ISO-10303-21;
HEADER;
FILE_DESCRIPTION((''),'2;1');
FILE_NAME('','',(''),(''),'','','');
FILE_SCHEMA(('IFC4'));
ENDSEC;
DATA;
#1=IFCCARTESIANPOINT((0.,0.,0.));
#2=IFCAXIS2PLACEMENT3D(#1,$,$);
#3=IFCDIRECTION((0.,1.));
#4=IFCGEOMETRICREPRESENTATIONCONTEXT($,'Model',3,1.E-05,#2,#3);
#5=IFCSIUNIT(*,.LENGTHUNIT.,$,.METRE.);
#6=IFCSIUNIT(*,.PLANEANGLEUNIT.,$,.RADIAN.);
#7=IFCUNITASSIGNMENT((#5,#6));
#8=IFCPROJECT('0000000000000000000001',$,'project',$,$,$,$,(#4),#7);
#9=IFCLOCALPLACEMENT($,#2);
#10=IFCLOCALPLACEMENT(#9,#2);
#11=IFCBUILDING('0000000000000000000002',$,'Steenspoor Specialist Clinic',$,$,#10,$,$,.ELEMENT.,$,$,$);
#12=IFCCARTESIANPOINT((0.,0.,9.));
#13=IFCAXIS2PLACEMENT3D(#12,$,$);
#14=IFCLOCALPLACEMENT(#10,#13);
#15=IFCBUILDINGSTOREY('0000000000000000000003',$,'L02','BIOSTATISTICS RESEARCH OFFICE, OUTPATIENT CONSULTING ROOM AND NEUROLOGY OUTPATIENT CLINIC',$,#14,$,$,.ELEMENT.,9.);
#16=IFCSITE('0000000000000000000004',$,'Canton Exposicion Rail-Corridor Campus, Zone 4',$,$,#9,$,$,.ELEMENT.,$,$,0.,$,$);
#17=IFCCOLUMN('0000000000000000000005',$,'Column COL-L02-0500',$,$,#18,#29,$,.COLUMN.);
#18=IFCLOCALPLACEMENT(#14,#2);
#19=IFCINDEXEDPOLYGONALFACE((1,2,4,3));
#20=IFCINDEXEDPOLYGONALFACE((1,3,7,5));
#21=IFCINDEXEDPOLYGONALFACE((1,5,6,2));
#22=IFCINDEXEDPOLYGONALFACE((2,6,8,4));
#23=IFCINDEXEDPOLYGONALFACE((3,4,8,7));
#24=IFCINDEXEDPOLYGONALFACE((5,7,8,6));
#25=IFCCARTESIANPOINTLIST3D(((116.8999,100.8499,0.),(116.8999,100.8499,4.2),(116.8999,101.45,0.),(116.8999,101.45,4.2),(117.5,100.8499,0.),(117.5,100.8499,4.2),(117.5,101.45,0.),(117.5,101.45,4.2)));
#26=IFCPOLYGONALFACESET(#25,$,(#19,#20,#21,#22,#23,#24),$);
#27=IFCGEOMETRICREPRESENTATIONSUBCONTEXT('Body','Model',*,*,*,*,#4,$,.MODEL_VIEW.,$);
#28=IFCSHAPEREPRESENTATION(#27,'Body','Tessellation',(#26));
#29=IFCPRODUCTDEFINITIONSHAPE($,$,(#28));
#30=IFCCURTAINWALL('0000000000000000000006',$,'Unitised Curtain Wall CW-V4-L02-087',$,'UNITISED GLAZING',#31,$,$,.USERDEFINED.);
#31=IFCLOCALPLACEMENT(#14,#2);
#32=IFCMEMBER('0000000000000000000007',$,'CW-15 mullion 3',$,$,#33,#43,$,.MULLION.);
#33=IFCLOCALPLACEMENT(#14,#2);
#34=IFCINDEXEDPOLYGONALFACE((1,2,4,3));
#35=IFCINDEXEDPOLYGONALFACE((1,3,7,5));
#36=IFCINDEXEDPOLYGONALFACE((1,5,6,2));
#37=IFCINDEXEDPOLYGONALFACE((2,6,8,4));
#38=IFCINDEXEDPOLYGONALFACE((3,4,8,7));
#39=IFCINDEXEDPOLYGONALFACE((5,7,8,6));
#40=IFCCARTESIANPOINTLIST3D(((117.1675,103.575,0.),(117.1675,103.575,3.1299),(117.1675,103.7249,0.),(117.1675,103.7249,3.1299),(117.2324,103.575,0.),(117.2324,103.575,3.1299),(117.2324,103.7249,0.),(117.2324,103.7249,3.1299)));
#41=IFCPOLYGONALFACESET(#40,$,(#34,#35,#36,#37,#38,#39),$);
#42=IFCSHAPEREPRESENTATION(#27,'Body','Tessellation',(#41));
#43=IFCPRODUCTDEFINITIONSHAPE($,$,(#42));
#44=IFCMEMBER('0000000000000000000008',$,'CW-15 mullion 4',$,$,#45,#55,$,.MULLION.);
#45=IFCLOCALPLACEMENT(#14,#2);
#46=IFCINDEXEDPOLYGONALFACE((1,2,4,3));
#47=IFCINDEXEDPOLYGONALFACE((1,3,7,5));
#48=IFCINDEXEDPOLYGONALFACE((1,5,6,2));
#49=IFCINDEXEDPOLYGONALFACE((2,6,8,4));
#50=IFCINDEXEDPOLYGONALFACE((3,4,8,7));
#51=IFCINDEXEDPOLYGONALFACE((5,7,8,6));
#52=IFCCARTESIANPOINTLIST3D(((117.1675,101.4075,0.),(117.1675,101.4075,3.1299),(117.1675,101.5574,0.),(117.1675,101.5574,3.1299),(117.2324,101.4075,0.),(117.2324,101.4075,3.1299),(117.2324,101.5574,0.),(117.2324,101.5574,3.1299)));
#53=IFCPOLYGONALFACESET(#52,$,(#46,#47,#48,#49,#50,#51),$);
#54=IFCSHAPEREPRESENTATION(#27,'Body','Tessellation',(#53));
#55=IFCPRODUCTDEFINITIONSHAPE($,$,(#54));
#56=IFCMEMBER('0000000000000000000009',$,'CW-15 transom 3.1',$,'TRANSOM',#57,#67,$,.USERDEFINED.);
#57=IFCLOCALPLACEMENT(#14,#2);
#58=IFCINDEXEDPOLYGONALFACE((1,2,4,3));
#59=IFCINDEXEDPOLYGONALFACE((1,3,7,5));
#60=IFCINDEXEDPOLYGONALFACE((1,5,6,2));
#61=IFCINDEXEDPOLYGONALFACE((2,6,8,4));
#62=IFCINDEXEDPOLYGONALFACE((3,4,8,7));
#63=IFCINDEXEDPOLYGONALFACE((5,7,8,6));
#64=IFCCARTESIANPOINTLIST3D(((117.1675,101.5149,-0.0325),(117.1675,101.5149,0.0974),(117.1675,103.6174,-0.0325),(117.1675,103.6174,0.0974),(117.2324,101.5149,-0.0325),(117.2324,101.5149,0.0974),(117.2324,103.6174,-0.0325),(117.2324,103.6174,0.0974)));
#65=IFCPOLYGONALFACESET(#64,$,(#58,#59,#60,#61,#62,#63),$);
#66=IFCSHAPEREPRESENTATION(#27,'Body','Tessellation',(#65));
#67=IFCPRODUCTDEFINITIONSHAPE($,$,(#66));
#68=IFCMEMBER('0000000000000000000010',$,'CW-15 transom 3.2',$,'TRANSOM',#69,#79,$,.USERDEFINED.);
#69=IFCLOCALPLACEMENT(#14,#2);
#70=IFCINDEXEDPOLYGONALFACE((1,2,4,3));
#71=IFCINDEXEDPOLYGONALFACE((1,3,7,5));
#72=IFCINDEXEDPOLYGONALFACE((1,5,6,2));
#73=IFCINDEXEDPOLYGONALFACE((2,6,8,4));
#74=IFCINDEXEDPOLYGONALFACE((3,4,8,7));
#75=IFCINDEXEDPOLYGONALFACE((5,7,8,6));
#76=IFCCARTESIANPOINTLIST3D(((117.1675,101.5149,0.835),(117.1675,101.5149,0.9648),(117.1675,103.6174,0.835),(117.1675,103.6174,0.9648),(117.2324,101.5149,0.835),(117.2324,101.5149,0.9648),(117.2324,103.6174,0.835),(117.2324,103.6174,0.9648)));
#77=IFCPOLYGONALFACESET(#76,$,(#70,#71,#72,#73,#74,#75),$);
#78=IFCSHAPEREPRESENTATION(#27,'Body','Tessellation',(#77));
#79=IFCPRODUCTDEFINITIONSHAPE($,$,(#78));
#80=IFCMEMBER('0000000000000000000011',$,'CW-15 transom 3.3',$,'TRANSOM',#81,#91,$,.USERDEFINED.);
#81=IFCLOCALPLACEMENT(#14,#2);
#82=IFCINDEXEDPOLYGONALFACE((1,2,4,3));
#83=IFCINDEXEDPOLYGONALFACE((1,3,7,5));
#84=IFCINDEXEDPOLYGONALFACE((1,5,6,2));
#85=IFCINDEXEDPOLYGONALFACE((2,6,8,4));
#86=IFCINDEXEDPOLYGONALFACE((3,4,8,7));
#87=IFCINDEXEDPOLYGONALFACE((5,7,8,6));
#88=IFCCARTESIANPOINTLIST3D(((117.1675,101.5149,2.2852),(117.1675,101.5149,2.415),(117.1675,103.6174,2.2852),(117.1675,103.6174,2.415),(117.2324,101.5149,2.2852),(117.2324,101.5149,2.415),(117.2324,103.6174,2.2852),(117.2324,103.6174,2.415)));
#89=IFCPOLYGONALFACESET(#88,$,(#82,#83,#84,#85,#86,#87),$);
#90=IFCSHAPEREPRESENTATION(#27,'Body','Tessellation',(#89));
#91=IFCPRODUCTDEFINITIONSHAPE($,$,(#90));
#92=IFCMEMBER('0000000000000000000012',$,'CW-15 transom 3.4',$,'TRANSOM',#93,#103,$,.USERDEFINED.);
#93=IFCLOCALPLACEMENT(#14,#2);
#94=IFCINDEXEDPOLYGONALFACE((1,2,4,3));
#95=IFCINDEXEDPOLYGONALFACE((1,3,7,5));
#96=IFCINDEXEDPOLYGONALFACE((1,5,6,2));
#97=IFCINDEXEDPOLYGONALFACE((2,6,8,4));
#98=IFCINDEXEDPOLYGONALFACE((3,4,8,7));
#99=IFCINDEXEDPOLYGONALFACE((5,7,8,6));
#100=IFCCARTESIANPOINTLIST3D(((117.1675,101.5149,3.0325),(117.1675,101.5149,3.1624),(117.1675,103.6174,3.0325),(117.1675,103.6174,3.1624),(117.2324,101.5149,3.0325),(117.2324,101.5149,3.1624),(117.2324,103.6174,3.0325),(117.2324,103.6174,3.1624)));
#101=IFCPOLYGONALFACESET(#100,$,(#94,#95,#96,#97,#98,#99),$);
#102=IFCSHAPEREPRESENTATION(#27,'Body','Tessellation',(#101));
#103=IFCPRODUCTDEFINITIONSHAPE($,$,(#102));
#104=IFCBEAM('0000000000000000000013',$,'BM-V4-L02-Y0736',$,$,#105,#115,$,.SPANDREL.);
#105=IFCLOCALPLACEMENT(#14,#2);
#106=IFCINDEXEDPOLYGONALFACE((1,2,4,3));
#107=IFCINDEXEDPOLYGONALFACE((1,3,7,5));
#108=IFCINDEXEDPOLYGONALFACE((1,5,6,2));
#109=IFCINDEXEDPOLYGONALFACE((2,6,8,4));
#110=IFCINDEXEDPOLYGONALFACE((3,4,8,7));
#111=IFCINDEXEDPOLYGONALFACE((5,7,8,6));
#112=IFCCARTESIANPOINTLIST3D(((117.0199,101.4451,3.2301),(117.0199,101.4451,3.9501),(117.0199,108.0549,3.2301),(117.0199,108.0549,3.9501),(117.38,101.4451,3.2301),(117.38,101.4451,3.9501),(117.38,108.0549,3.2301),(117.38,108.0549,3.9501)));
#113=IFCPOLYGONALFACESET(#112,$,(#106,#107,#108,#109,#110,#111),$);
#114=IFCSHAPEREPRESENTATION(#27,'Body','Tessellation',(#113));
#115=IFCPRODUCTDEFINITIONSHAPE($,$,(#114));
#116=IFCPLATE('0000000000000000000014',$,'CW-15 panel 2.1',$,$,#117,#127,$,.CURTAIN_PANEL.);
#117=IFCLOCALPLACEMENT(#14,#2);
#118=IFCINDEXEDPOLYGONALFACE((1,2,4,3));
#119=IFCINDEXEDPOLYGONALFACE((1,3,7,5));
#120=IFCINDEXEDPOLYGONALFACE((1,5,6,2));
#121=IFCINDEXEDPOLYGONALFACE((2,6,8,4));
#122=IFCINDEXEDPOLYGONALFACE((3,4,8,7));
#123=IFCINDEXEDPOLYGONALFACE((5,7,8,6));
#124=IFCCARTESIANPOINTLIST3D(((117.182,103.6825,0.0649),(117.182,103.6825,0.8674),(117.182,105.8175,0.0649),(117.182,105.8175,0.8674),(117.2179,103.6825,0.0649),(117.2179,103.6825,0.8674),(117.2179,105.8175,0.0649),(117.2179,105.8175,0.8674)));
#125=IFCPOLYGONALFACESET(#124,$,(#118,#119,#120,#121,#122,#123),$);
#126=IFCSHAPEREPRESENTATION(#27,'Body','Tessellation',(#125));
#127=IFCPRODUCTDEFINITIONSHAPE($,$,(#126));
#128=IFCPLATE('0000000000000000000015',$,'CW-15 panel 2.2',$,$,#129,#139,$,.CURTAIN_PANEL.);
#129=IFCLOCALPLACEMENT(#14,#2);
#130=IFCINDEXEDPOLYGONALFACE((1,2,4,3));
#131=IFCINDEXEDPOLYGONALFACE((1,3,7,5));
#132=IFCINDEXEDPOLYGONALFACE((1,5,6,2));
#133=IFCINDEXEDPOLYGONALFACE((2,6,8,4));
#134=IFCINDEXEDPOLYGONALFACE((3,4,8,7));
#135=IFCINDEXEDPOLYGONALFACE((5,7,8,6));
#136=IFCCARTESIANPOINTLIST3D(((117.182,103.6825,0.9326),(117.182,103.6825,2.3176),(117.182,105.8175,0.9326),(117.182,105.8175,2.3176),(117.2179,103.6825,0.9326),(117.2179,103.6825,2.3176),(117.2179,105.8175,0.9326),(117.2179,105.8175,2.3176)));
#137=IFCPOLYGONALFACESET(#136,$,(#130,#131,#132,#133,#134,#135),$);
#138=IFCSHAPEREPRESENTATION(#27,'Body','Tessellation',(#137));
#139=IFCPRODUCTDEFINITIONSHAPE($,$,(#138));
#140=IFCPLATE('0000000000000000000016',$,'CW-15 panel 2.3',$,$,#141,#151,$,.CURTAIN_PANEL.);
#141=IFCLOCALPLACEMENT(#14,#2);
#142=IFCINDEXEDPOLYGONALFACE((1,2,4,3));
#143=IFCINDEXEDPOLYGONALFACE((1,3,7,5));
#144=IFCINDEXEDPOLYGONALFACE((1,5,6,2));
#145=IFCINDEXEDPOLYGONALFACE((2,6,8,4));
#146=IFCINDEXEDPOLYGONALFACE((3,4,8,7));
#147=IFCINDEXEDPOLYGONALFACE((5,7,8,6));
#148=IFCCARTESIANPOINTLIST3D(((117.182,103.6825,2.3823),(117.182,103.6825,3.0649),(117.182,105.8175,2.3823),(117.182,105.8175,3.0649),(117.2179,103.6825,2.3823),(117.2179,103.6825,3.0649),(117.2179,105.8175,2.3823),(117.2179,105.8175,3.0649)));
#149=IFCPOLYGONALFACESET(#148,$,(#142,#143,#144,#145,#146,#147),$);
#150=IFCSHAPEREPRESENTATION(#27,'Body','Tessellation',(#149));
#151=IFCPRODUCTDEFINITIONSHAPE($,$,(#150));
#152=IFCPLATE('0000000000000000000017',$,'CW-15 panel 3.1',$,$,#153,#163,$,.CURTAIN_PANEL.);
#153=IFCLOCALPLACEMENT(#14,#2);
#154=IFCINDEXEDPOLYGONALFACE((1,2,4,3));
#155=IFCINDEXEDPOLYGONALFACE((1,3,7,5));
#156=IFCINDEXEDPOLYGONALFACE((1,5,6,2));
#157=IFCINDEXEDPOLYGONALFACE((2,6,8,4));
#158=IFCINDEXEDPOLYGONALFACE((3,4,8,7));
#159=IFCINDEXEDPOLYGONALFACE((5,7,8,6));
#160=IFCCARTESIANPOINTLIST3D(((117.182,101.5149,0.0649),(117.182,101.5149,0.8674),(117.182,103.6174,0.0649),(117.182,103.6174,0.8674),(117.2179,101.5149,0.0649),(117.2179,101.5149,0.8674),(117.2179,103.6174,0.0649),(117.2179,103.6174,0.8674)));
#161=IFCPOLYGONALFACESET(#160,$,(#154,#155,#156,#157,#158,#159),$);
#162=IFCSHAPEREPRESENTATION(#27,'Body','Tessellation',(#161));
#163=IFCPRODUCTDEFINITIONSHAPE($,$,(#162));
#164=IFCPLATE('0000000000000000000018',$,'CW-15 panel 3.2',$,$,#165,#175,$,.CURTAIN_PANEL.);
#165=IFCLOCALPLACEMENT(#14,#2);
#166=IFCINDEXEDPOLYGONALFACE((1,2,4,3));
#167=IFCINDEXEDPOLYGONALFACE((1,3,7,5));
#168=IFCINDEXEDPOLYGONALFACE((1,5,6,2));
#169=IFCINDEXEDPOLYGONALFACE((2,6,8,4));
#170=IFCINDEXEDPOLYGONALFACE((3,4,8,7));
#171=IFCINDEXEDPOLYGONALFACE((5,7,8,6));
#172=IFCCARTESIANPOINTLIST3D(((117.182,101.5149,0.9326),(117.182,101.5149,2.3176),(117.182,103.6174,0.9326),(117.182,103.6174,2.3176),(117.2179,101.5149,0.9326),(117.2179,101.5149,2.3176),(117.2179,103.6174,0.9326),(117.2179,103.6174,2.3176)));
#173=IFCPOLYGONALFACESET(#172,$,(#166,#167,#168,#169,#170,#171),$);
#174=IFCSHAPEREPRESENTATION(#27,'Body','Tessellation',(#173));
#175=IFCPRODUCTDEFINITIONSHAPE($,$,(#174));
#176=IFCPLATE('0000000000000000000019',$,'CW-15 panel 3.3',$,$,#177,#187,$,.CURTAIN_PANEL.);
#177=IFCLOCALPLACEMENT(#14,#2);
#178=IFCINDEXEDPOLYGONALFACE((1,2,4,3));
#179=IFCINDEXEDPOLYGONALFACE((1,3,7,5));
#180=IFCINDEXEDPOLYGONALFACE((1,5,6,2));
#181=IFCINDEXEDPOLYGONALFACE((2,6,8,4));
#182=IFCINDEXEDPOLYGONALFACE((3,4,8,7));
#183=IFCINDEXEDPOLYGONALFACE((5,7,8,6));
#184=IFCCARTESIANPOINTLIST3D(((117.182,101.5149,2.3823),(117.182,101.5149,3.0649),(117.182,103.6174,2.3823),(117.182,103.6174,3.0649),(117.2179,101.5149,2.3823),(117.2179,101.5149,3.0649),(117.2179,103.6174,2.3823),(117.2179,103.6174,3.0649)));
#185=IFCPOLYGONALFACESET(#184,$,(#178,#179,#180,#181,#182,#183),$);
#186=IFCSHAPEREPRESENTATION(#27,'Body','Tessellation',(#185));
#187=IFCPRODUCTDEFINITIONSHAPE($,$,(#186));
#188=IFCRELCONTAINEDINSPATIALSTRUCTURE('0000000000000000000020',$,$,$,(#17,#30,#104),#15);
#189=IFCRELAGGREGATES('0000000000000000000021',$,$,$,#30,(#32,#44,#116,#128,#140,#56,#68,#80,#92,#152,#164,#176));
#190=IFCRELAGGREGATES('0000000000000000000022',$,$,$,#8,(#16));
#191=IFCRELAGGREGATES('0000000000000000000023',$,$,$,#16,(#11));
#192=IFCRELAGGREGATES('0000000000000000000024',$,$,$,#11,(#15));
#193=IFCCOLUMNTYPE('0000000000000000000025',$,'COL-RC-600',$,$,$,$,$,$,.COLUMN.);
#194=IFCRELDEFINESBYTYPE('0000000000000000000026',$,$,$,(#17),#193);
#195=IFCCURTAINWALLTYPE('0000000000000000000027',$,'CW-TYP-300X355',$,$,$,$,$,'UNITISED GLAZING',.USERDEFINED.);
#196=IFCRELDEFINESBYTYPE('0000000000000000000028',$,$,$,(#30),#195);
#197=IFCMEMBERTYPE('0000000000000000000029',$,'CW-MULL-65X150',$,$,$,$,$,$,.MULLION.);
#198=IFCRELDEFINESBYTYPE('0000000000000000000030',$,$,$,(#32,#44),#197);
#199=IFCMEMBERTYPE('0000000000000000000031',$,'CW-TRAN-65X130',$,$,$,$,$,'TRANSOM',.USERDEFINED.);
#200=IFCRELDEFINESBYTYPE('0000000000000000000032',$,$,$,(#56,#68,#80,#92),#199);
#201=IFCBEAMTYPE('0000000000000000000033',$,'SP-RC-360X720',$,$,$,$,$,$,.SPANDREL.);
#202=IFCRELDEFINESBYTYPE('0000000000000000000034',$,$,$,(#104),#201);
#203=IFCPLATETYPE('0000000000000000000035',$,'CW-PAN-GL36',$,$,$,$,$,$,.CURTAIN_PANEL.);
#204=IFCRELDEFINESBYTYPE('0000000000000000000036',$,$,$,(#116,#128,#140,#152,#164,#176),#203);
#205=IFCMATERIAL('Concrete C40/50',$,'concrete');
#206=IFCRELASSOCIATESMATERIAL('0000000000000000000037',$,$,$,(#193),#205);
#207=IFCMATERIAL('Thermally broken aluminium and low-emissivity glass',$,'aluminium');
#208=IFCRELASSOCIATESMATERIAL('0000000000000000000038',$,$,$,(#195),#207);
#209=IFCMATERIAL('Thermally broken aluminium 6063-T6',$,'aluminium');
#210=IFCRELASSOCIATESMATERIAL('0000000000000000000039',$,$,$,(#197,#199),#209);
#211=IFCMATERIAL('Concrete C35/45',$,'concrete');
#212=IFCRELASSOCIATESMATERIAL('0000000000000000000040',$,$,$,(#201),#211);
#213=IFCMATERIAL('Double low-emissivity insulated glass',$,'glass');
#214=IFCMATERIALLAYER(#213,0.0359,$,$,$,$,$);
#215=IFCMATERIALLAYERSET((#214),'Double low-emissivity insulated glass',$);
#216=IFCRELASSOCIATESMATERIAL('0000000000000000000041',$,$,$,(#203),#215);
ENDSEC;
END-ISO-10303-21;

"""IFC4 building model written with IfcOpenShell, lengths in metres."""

from ifc_helpers import new_model, si_unit, direction, frame, origin, origin_2d, place, context, subcontext, project, spatial, rectangle, extrude, material, layer, layer_set, material_profile, profile_set, type_object, element, aggregate, save


model = new_model("IFC4")

# Units and contexts
model_context = context("Model", 3, precision=1e-05, world=origin(), true_north=direction((0.0, 1.0)))
body_context = subcontext(model_context, "Body", "Model", "MODEL_VIEW")
ifc_project = project(units=[si_unit("LENGTHUNIT", "METRE"), si_unit("PLANEANGLEUNIT", "RADIAN")], contexts=[model_context])

# Site, building, storey
site_placement = place(None, origin())
site = spatial("IfcSite", under=ifc_project, at=site_placement, Name="Canton Exposicion Rail-Corridor Campus, Zone 4", CompositionType="ELEMENT", RefElevation=0.0)
building_placement = place(site_placement, origin())
building = spatial("IfcBuilding", under=site, at=building_placement, Name="Steenspoor Specialist Clinic", CompositionType="ELEMENT")
storey_placement = place(building_placement, frame((0.0, 0.0, 9.0)))
storey = spatial("IfcBuildingStorey", under=building, at=storey_placement, Name="L02", Description="BIOSTATISTICS RESEARCH OFFICE, OUTPATIENT CONSULTING ROOM AND NEUROLOGY OUTPATIENT CLINIC", CompositionType="ELEMENT", Elevation=9.0)

# Column
ifc_material_1 = material(Name="Concrete C40/50", Category="concrete")
ifc_material_profile_1 = material_profile(ifc_material_1, rectangle(XDim=0.6001, YDim=0.6001, at=origin_2d()), Name="RC-COL-600X600")
ifc_profile_set_1 = profile_set([ifc_material_profile_1], Name="Concrete C40/50")
column_type = type_object("IfcColumnType", Name="COL-RC-600", PredefinedType="COLUMN", material=ifc_profile_set_1)
column_placement = place(storey_placement, frame((117.2, 101.1499, 0.0), z_axis=(0.0, 0.0, 1.0), x_axis=(1.0, 0.0, 0.0)))
element("IfcColumn", 1, at=column_placement, inside=storey, type_object=column_type, Name="Column COL-L02-0500", PredefinedType="COLUMN", context=body_context, shape_type="SweptSolid", body=[
    extrude(rectangle(XDim=0.6001, YDim=0.6001, at=origin_2d()), origin(), (0.0, 0.0, 1.0), 4.2),
])

# Curtain wall, members
ifc_material_2 = material(Name="Thermally broken aluminium and low-emissivity glass", Category="aluminium")
curtain_wall_type = type_object("IfcCurtainWallType", Name="CW-TYP-300X355", ElementType="UNITISED GLAZING", PredefinedType="USERDEFINED", material=ifc_material_2)
curtain_wall_placement = place(storey_placement, origin())
curtain_wall = element("IfcCurtainWall", 2, at=curtain_wall_placement, inside=storey, type_object=curtain_wall_type, Name="Unitised Curtain Wall CW-V4-L02-087", ObjectType="UNITISED GLAZING", PredefinedType="USERDEFINED")
ifc_material_3 = material(Name="Thermally broken aluminium 6063-T6", Category="aluminium")
ifc_material_profile_2 = material_profile(ifc_material_3, rectangle(XDim=0.0649, YDim=0.1499, at=origin_2d()), Name="CWM-65X150")
ifc_profile_set_2 = profile_set([ifc_material_profile_2], Name="Thermally broken aluminium 6063-T6")
member_type_1 = type_object("IfcMemberType", Name="CW-MULL-65X150", PredefinedType="MULLION", material=ifc_profile_set_2)
member_1_placement = place(storey_placement, frame((117.2, 103.6499, 0.0), z_axis=(0.0, 0.0, 1.0), x_axis=(1.0, 0.0, 0.0)))
member_1 = element("IfcMember", 3, at=member_1_placement, type_object=member_type_1, Name="CW-15 mullion 3", PredefinedType="MULLION", context=body_context, shape_type="SweptSolid", body=[
    extrude(rectangle(XDim=0.0649, YDim=0.1499, at=origin_2d()), origin(), (0.0, 0.0, 1.0), 3.1299),
])
member_2_placement = place(storey_placement, frame((117.2, 101.4824, 0.0), z_axis=(0.0, 0.0, 1.0), x_axis=(1.0, 0.0, 0.0)))
member_2 = element("IfcMember", 4, at=member_2_placement, type_object=member_type_1, Name="CW-15 mullion 4", PredefinedType="MULLION", context=body_context, shape_type="SweptSolid", body=[
    extrude(rectangle(XDim=0.0649, YDim=0.1499, at=origin_2d()), origin(), (0.0, 0.0, 1.0), 3.1299),
])
ifc_material_profile_3 = material_profile(ifc_material_3, rectangle(XDim=0.0649, YDim=0.1299, at=origin_2d()), Name="CWT-65X130")
ifc_profile_set_3 = profile_set([ifc_material_profile_3], Name="Thermally broken aluminium 6063-T6")
member_type_2 = type_object("IfcMemberType", Name="CW-TRAN-65X130", ElementType="TRANSOM", PredefinedType="USERDEFINED", material=ifc_profile_set_3)
member_3_placement = place(storey_placement, frame((117.2, 103.6174, 0.0325), z_axis=(0.0, -1.0, 0.0), x_axis=(1.0, 0.0, 0.0)))
member_3 = element("IfcMember", 5, at=member_3_placement, type_object=member_type_2, Name="CW-15 transom 3.1", ObjectType="TRANSOM", PredefinedType="USERDEFINED", context=body_context, shape_type="SweptSolid", body=[
    extrude(rectangle(XDim=0.0649, YDim=0.1299, at=origin_2d()), origin(), (0.0, 0.0, 1.0), 2.1025),
])
member_4_placement = place(storey_placement, frame((117.2, 103.6174, 0.8999), z_axis=(0.0, -1.0, 0.0), x_axis=(1.0, 0.0, 0.0)))
member_4 = element("IfcMember", 6, at=member_4_placement, type_object=member_type_2, Name="CW-15 transom 3.2", ObjectType="TRANSOM", PredefinedType="USERDEFINED", context=body_context, shape_type="SweptSolid", body=[
    extrude(rectangle(XDim=0.0649, YDim=0.1299, at=origin_2d()), origin(), (0.0, 0.0, 1.0), 2.1025),
])
member_5_placement = place(storey_placement, frame((117.2, 103.6174, 2.3501), z_axis=(0.0, -1.0, 0.0), x_axis=(1.0, 0.0, 0.0)))
member_5 = element("IfcMember", 7, at=member_5_placement, type_object=member_type_2, Name="CW-15 transom 3.3", ObjectType="TRANSOM", PredefinedType="USERDEFINED", context=body_context, shape_type="SweptSolid", body=[
    extrude(rectangle(XDim=0.0649, YDim=0.1299, at=origin_2d()), origin(), (0.0, 0.0, 1.0), 2.1025),
])
member_6_placement = place(storey_placement, frame((117.2, 103.6174, 3.0974), z_axis=(0.0, -1.0, 0.0), x_axis=(1.0, 0.0, 0.0)))
member_6 = element("IfcMember", 8, at=member_6_placement, type_object=member_type_2, Name="CW-15 transom 3.4", ObjectType="TRANSOM", PredefinedType="USERDEFINED", context=body_context, shape_type="SweptSolid", body=[
    extrude(rectangle(XDim=0.0649, YDim=0.1299, at=origin_2d()), origin(), (0.0, 0.0, 1.0), 2.1025),
])

# Beam
ifc_material_4 = material(Name="Concrete C35/45", Category="concrete")
ifc_material_profile_4 = material_profile(ifc_material_4, rectangle(XDim=0.3601, YDim=0.72, at=origin_2d()), Name="RC-SP-360X720")
ifc_profile_set_4 = profile_set([ifc_material_profile_4], Name="Concrete C35/45")
beam_type = type_object("IfcBeamType", Name="SP-RC-360X720", PredefinedType="SPANDREL", material=ifc_profile_set_4)
beam_placement = place(storey_placement, frame((117.2, 101.4451, 3.5901), z_axis=(0.0, 1.0, 0.0), x_axis=(-1.0, 0.0, 0.0)))
element("IfcBeam", 9, at=beam_placement, inside=storey, type_object=beam_type, Name="BM-V4-L02-Y0736", PredefinedType="SPANDREL", context=body_context, shape_type="SweptSolid", body=[
    extrude(rectangle(XDim=0.3601, YDim=0.72, at=origin_2d()), origin(), (0.0, 0.0, 1.0), 6.6099),
])

# Plates
ifc_material_5 = material(Name="Double low-emissivity insulated glass", Category="glass")
ifc_layer_1 = layer(ifc_material_5, 0.0359)
ifc_layer_set_1 = layer_set([ifc_layer_1], Name="Double low-emissivity insulated glass")
plate_type = type_object("IfcPlateType", Name="CW-PAN-GL36", PredefinedType="CURTAIN_PANEL", material=ifc_layer_set_1)
plate_1_placement = place(storey_placement, frame((117.2, 104.75, 0.0649), z_axis=(0.0, 0.0, 1.0), x_axis=(0.0, -1.0, 0.0)))
plate_1 = element("IfcPlate", 10, at=plate_1_placement, type_object=plate_type, Name="CW-15 panel 2.1", PredefinedType="CURTAIN_PANEL", context=body_context, shape_type="SweptSolid", body=[
    extrude(rectangle(XDim=2.135, YDim=0.0359, at=origin_2d()), origin(), (0.0, 0.0, 1.0), 0.8025),
])
plate_2_placement = place(storey_placement, frame((117.2, 104.75, 0.9326), z_axis=(0.0, 0.0, 1.0), x_axis=(0.0, -1.0, 0.0)))
plate_2 = element("IfcPlate", 11, at=plate_2_placement, type_object=plate_type, Name="CW-15 panel 2.2", PredefinedType="CURTAIN_PANEL", context=body_context, shape_type="SweptSolid", body=[
    extrude(rectangle(XDim=2.135, YDim=0.0359, at=origin_2d()), origin(), (0.0, 0.0, 1.0), 1.385),
])
plate_3_placement = place(storey_placement, frame((117.2, 104.75, 2.3823), z_axis=(0.0, 0.0, 1.0), x_axis=(0.0, -1.0, 0.0)))
plate_3 = element("IfcPlate", 12, at=plate_3_placement, type_object=plate_type, Name="CW-15 panel 2.3", PredefinedType="CURTAIN_PANEL", context=body_context, shape_type="SweptSolid", body=[
    extrude(rectangle(XDim=2.135, YDim=0.0359, at=origin_2d()), origin(), (0.0, 0.0, 1.0), 0.6826),
])
plate_4_placement = place(storey_placement, frame((117.2, 102.5662, 0.0649), z_axis=(0.0, 0.0, 1.0), x_axis=(0.0, -1.0, 0.0)))
plate_4 = element("IfcPlate", 13, at=plate_4_placement, type_object=plate_type, Name="CW-15 panel 3.1", PredefinedType="CURTAIN_PANEL", context=body_context, shape_type="SweptSolid", body=[
    extrude(rectangle(XDim=2.1025, YDim=0.0359, at=origin_2d()), origin(), (0.0, 0.0, 1.0), 0.8025),
])
plate_5_placement = place(storey_placement, frame((117.2, 102.5662, 0.9326), z_axis=(0.0, 0.0, 1.0), x_axis=(0.0, -1.0, 0.0)))
plate_5 = element("IfcPlate", 14, at=plate_5_placement, type_object=plate_type, Name="CW-15 panel 3.2", PredefinedType="CURTAIN_PANEL", context=body_context, shape_type="SweptSolid", body=[
    extrude(rectangle(XDim=2.1025, YDim=0.0359, at=origin_2d()), origin(), (0.0, 0.0, 1.0), 1.385),
])
plate_6_placement = place(storey_placement, frame((117.2, 102.5662, 2.3823), z_axis=(0.0, 0.0, 1.0), x_axis=(0.0, -1.0, 0.0)))
plate_6 = element("IfcPlate", 15, at=plate_6_placement, type_object=plate_type, Name="CW-15 panel 3.3", PredefinedType="CURTAIN_PANEL", context=body_context, shape_type="SweptSolid", body=[
    extrude(rectangle(XDim=2.1025, YDim=0.0359, at=origin_2d()), origin(), (0.0, 0.0, 1.0), 0.6826),
])
aggregate(curtain_wall, [member_1, member_2, plate_1, plate_2, plate_3, member_3, member_4, member_5, member_6, plate_4, plate_5, plate_6])

save(model, "model.ifc")
